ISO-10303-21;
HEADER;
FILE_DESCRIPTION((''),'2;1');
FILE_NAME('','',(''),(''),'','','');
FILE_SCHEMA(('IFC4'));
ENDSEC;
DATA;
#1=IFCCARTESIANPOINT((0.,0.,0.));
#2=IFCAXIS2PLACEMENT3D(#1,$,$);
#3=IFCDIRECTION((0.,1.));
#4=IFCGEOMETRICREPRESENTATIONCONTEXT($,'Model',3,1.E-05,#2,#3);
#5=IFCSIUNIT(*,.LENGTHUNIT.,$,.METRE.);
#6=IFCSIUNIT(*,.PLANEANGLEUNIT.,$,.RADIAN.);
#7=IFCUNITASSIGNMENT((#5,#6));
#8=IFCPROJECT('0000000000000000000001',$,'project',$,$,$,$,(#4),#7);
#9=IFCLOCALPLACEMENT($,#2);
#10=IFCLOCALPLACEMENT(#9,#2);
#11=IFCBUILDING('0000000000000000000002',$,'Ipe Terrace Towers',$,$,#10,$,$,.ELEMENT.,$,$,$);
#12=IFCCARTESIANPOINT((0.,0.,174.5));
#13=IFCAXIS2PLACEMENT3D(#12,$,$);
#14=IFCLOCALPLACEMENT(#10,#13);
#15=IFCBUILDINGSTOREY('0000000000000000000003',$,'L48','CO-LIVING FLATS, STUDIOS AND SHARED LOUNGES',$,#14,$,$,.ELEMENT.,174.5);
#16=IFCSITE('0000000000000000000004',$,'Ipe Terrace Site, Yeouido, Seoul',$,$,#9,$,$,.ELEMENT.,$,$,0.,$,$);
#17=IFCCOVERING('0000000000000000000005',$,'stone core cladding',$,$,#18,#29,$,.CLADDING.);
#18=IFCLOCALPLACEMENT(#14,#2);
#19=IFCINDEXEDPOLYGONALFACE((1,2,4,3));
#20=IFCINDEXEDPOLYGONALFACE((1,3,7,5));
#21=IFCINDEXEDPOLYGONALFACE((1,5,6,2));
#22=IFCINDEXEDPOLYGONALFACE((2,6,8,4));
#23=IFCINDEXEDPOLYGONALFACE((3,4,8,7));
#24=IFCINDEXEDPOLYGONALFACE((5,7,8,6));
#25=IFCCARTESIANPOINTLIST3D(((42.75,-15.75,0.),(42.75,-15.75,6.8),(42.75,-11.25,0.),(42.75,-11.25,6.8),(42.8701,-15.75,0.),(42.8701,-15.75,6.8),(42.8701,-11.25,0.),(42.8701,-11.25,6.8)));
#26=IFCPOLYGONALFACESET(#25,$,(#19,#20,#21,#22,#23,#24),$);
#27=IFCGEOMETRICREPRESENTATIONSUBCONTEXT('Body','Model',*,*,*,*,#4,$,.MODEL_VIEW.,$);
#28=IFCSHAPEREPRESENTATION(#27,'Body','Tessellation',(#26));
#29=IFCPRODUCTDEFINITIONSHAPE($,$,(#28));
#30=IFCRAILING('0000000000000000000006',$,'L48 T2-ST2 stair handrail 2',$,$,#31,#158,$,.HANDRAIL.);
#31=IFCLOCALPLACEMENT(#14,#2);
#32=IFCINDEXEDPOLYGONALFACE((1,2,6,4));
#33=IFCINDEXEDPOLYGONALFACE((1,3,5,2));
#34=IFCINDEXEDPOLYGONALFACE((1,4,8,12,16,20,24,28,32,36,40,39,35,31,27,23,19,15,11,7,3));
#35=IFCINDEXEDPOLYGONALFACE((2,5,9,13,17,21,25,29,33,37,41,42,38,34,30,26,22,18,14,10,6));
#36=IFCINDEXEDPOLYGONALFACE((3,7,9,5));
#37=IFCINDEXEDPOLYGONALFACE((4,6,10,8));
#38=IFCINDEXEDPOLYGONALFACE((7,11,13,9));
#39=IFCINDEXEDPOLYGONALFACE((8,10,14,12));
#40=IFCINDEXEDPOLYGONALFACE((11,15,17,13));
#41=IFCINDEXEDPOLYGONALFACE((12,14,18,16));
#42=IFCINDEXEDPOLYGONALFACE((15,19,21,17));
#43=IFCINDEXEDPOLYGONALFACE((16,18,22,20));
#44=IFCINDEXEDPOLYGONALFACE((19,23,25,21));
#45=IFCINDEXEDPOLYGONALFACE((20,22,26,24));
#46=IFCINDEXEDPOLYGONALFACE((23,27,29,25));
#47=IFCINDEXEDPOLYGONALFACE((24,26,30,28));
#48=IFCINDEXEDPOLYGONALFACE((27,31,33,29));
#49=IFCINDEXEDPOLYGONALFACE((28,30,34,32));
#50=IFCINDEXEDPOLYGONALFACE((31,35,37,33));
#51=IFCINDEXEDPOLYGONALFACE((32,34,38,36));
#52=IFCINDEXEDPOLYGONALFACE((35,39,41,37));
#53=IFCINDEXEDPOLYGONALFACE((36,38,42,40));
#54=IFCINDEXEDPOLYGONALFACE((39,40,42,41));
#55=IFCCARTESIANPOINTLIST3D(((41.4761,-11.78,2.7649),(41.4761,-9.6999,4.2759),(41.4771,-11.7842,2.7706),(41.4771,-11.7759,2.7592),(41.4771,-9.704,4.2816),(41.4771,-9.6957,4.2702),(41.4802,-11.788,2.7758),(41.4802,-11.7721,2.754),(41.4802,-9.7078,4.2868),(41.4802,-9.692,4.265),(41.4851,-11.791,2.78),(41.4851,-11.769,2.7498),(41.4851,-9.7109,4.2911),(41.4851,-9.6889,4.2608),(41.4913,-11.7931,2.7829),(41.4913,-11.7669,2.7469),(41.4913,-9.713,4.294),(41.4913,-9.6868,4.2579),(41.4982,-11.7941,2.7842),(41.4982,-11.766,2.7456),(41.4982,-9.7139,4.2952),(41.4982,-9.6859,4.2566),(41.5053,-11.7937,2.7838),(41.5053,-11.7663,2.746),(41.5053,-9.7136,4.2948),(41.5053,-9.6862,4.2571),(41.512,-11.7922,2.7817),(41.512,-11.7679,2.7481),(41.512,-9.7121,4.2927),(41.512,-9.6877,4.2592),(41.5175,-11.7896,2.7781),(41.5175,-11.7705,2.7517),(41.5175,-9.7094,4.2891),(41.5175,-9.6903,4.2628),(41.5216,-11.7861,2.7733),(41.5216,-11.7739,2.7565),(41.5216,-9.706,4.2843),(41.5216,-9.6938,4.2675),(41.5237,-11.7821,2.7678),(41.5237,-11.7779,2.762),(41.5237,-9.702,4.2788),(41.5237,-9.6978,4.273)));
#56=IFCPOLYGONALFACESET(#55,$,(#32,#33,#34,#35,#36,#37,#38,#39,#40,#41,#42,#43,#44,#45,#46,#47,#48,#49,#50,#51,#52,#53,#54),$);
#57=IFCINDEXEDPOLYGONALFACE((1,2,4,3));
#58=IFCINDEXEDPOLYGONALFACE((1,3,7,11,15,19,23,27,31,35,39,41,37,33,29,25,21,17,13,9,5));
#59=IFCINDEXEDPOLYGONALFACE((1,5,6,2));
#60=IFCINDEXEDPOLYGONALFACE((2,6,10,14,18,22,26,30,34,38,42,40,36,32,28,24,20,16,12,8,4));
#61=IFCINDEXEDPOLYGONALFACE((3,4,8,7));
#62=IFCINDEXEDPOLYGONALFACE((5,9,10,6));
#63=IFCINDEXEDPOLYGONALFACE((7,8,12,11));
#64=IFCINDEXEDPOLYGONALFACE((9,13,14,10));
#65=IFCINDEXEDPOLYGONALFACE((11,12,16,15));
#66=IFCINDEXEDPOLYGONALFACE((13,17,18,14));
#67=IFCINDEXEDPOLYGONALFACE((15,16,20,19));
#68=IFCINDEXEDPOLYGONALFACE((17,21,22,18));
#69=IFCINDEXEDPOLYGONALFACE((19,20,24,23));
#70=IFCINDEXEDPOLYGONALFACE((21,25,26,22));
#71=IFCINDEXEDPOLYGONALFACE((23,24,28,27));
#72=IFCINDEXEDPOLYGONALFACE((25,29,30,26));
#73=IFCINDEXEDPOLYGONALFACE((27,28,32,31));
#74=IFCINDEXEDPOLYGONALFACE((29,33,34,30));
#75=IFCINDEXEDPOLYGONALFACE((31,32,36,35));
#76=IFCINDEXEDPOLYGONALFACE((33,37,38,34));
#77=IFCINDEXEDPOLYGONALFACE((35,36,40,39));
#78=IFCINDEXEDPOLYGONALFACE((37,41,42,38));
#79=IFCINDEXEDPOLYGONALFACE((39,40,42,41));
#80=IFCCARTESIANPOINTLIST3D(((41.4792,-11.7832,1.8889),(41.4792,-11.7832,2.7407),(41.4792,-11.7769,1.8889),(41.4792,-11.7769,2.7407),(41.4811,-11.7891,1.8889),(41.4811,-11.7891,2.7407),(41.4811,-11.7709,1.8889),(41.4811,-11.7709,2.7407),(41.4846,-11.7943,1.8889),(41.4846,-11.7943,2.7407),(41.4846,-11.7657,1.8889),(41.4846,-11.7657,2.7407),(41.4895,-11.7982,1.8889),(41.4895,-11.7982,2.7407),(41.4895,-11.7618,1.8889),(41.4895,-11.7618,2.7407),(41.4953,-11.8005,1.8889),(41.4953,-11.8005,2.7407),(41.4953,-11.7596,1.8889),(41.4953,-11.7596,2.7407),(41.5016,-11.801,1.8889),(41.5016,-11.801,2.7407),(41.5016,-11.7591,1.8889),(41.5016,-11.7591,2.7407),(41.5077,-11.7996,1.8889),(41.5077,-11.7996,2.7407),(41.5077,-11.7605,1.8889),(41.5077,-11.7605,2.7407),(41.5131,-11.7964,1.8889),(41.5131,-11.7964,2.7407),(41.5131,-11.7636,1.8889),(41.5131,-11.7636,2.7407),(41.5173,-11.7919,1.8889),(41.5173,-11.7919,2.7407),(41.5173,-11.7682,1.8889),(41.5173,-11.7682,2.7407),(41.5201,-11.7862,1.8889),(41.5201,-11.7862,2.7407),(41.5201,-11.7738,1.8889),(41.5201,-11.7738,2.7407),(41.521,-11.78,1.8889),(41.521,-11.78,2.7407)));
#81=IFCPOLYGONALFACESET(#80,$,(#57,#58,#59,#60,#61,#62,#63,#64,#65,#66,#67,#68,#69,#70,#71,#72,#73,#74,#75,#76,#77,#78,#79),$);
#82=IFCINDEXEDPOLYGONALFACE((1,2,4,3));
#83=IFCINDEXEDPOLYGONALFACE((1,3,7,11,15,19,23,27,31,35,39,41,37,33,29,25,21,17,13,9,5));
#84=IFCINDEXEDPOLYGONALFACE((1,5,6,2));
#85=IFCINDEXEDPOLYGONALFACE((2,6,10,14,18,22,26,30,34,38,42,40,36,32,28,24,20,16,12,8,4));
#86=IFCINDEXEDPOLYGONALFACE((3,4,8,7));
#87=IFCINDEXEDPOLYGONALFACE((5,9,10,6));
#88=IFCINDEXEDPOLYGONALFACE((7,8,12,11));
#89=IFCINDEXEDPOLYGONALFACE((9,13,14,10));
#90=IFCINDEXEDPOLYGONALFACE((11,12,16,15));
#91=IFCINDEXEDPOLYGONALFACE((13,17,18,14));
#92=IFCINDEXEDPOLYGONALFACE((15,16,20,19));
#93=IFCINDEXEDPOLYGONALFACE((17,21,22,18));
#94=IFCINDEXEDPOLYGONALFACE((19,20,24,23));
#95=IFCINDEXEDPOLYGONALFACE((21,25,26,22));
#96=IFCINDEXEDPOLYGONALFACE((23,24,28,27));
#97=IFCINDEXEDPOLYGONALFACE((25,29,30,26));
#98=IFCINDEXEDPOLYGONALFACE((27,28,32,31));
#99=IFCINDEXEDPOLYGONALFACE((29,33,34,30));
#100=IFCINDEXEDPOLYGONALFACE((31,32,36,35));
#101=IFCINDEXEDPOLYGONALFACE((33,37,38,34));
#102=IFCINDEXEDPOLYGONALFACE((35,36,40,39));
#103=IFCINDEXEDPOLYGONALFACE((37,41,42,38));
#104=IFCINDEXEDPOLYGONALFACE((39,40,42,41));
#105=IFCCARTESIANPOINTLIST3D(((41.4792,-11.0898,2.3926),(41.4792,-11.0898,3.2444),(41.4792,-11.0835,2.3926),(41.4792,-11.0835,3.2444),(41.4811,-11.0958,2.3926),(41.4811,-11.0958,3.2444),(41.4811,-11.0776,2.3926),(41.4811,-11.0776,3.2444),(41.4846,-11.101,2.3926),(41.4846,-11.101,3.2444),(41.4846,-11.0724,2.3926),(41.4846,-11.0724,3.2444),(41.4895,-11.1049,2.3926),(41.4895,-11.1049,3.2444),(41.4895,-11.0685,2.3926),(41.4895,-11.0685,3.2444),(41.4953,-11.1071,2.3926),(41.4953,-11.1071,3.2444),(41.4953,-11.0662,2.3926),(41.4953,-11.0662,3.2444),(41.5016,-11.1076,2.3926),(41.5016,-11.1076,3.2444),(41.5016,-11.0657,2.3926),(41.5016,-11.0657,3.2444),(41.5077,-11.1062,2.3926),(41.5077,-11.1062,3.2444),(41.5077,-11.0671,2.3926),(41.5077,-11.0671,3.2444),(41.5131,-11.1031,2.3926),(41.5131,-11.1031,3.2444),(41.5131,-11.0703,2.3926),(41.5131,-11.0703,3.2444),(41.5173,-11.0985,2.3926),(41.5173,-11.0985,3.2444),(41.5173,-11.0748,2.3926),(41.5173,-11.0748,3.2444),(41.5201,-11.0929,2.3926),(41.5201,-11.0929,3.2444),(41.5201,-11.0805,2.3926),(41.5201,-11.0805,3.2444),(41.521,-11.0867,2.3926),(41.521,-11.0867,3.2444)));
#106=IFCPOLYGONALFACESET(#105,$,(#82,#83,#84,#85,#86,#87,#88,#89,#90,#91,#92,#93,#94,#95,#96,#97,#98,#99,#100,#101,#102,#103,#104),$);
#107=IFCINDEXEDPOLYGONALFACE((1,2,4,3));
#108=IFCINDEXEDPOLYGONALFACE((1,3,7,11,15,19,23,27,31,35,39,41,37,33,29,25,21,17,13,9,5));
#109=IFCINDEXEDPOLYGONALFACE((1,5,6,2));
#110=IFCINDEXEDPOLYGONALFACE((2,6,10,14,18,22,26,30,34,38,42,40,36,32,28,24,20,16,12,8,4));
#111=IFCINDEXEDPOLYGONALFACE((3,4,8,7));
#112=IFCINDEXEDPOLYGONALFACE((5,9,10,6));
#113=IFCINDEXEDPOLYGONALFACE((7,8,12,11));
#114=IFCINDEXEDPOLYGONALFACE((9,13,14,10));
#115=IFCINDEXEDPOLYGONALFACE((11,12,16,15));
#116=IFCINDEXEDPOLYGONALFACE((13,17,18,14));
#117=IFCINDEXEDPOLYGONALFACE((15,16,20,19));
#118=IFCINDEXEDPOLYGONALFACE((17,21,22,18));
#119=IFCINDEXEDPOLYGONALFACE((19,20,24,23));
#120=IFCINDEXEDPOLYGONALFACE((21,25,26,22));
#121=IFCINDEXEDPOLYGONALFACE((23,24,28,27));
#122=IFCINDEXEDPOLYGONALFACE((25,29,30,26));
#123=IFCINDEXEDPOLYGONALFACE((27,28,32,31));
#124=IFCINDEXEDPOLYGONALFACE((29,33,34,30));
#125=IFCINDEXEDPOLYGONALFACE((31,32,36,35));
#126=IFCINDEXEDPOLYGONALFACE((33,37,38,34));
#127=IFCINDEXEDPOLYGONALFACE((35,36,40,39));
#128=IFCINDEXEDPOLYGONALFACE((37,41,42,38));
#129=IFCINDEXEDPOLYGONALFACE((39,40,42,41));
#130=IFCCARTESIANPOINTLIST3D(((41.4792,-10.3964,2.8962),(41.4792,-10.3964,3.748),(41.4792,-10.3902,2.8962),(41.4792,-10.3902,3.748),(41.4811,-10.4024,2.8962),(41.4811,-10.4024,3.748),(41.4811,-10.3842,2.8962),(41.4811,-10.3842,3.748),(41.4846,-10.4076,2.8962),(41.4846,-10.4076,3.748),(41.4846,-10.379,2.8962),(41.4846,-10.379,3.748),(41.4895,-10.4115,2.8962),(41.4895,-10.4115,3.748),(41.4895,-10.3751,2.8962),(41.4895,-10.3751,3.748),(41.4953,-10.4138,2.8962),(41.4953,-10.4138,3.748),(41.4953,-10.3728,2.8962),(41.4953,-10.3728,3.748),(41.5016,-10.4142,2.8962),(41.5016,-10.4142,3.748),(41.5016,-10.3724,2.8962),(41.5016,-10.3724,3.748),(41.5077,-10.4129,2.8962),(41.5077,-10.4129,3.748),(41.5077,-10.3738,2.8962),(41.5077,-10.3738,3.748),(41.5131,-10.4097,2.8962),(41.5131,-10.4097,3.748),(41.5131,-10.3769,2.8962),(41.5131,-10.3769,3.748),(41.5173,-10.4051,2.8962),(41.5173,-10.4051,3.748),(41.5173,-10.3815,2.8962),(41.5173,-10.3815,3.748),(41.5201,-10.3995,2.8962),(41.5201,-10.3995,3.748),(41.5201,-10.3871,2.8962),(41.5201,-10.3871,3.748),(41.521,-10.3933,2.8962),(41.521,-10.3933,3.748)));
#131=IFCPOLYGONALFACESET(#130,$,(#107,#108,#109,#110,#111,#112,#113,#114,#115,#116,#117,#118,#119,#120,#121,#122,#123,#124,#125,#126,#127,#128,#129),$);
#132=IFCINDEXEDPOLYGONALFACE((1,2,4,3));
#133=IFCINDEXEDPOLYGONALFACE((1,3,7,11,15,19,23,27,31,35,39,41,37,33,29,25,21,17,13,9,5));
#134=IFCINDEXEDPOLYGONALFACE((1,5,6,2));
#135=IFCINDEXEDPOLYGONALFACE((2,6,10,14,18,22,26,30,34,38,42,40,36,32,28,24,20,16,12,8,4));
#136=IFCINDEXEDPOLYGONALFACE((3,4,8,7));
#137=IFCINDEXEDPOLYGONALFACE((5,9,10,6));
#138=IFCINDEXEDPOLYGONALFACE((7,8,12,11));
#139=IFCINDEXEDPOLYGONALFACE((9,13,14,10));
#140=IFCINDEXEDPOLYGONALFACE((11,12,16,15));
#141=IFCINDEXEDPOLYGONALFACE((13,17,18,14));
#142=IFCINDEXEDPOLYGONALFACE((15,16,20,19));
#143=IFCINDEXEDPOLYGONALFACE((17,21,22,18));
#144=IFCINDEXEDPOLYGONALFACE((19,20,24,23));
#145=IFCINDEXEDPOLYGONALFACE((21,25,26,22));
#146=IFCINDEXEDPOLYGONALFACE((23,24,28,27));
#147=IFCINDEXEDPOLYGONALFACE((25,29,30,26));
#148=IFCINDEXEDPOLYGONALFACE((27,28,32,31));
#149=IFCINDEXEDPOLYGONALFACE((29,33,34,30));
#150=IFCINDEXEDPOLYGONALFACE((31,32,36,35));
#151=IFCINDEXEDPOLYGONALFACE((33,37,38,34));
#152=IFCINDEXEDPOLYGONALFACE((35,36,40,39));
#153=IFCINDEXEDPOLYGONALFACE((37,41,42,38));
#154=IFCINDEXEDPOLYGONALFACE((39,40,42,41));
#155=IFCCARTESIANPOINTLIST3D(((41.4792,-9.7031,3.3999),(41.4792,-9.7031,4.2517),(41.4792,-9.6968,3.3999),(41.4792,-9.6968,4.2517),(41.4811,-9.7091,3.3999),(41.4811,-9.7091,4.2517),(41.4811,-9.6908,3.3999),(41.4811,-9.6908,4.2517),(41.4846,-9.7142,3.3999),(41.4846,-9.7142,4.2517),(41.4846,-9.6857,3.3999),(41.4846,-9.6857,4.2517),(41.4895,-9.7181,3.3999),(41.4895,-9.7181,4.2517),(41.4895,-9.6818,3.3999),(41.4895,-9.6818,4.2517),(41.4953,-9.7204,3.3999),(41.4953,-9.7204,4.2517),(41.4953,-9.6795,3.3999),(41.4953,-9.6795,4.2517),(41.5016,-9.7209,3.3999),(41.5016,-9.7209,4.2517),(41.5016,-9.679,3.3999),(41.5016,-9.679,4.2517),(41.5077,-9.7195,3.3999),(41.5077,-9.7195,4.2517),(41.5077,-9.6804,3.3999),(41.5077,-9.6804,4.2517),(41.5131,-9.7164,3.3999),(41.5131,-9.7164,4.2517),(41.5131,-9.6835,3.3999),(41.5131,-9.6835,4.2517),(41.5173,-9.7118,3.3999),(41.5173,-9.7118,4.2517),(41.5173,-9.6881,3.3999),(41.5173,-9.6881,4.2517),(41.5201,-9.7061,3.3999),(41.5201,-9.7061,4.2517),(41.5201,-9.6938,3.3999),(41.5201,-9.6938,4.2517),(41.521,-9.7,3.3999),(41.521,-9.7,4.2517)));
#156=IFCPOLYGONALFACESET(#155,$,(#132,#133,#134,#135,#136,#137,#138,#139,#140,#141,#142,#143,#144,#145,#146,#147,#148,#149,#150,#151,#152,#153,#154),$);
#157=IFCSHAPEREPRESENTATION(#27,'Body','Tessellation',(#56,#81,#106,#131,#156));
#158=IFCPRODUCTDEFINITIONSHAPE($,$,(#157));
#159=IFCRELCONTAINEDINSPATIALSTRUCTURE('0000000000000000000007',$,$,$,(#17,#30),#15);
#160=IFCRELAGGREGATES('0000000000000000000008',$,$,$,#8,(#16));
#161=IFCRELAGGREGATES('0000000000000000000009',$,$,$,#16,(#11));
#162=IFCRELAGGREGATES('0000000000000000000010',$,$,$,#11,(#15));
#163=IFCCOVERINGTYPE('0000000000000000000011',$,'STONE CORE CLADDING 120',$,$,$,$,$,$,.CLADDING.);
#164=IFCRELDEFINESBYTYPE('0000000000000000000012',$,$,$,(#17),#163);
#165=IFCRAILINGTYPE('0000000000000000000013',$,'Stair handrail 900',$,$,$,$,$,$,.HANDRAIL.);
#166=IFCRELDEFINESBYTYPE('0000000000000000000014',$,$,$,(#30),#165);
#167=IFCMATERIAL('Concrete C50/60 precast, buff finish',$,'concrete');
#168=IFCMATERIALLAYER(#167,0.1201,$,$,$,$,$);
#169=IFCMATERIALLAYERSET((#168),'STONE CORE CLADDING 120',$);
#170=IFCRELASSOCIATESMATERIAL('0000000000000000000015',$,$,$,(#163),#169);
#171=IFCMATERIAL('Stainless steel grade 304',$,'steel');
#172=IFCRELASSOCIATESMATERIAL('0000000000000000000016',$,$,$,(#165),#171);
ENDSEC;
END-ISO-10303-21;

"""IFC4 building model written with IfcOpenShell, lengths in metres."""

from ifc_helpers import new_model, si_unit, direction, frame, origin, origin_2d, place, context, subcontext, project, spatial, rectangle, circle, extrude, material, layer, layer_set, type_object, element, save


model = new_model("IFC4")

# Units and contexts
model_context = context("Model", 3, precision=1e-05, world=origin(), true_north=direction((0.0, 1.0)))
body_context = subcontext(model_context, "Body", "Model", "MODEL_VIEW")
ifc_project = project(units=[si_unit("LENGTHUNIT", "METRE"), si_unit("PLANEANGLEUNIT", "RADIAN")], contexts=[model_context])

# Site, building, storey
site_placement = place(None, origin())
site = spatial("IfcSite", under=ifc_project, at=site_placement, Name="Ipe Terrace Site, Yeouido, Seoul", CompositionType="ELEMENT", RefElevation=0.0)
building_placement = place(site_placement, origin())
building = spatial("IfcBuilding", under=site, at=building_placement, Name="Ipe Terrace Towers", CompositionType="ELEMENT")
storey_placement = place(building_placement, frame((0.0, 0.0, 174.5)))
storey = spatial("IfcBuildingStorey", under=building, at=storey_placement, Name="L48", Description="CO-LIVING FLATS, STUDIOS AND SHARED LOUNGES", CompositionType="ELEMENT", Elevation=174.5)

# Covering
ifc_material_1 = material(Name="Concrete C50/60 precast, buff finish", Category="concrete")
ifc_layer_1 = layer(ifc_material_1, 0.1201)
ifc_layer_set_1 = layer_set([ifc_layer_1], Name="STONE CORE CLADDING 120")
covering_type = type_object("IfcCoveringType", Name="STONE CORE CLADDING 120", PredefinedType="CLADDING", material=ifc_layer_set_1)
covering_placement = place(storey_placement, frame((42.8101, -13.5, 0.0), z_axis=(0.0, 0.0, 1.0), x_axis=(0.0, 1.0, 0.0)))
element("IfcCovering", 1, at=covering_placement, inside=storey, type_object=covering_type, Name="stone core cladding", PredefinedType="CLADDING", context=body_context, shape_type="SweptSolid", body=[
    extrude(rectangle(XDim=4.5, YDim=0.1201, at=origin_2d()), origin(), (0.0, 0.0, 1.0), 6.8),
])

# Railing
ifc_material_2 = material(Name="Stainless steel grade 304", Category="steel")
railing_type = type_object("IfcRailingType", Name="Stair handrail 900", PredefinedType="HANDRAIL", material=ifc_material_2)
railing_placement = place(storey_placement, frame((41.5, -11.78, 1.8889)))
element("IfcRailing", 2, at=railing_placement, inside=storey, type_object=railing_type, Name="L48 T2-ST2 stair handrail 2", PredefinedType="HANDRAIL", context=body_context, shape_type="SweptSolid", body=[
    extrude(circle(Radius=0.0239, at=origin_2d()), frame((0.0, 0.0, 0.876), z_axis=(0.0, 0.809069, 0.587714), x_axis=(-1.0, 0.0, 0.0)), (0.0, 0.0, 1.0), 2.571),
    extrude(circle(Radius=0.021, at=origin_2d()), origin(), (0.0, 0.0, 1.0), 0.8518),
    extrude(circle(Radius=0.021, at=origin_2d()), frame((0.0, 0.6934, 0.5037)), (0.0, 0.0, 1.0), 0.8518),
    extrude(circle(Radius=0.021, at=origin_2d()), frame((0.0, 1.3867, 1.0073)), (0.0, 0.0, 1.0), 0.8518),
    extrude(circle(Radius=0.021, at=origin_2d()), frame((0.0, 2.0801, 1.511)), (0.0, 0.0, 1.0), 0.8518),
])

save(model, "model.ifc")
